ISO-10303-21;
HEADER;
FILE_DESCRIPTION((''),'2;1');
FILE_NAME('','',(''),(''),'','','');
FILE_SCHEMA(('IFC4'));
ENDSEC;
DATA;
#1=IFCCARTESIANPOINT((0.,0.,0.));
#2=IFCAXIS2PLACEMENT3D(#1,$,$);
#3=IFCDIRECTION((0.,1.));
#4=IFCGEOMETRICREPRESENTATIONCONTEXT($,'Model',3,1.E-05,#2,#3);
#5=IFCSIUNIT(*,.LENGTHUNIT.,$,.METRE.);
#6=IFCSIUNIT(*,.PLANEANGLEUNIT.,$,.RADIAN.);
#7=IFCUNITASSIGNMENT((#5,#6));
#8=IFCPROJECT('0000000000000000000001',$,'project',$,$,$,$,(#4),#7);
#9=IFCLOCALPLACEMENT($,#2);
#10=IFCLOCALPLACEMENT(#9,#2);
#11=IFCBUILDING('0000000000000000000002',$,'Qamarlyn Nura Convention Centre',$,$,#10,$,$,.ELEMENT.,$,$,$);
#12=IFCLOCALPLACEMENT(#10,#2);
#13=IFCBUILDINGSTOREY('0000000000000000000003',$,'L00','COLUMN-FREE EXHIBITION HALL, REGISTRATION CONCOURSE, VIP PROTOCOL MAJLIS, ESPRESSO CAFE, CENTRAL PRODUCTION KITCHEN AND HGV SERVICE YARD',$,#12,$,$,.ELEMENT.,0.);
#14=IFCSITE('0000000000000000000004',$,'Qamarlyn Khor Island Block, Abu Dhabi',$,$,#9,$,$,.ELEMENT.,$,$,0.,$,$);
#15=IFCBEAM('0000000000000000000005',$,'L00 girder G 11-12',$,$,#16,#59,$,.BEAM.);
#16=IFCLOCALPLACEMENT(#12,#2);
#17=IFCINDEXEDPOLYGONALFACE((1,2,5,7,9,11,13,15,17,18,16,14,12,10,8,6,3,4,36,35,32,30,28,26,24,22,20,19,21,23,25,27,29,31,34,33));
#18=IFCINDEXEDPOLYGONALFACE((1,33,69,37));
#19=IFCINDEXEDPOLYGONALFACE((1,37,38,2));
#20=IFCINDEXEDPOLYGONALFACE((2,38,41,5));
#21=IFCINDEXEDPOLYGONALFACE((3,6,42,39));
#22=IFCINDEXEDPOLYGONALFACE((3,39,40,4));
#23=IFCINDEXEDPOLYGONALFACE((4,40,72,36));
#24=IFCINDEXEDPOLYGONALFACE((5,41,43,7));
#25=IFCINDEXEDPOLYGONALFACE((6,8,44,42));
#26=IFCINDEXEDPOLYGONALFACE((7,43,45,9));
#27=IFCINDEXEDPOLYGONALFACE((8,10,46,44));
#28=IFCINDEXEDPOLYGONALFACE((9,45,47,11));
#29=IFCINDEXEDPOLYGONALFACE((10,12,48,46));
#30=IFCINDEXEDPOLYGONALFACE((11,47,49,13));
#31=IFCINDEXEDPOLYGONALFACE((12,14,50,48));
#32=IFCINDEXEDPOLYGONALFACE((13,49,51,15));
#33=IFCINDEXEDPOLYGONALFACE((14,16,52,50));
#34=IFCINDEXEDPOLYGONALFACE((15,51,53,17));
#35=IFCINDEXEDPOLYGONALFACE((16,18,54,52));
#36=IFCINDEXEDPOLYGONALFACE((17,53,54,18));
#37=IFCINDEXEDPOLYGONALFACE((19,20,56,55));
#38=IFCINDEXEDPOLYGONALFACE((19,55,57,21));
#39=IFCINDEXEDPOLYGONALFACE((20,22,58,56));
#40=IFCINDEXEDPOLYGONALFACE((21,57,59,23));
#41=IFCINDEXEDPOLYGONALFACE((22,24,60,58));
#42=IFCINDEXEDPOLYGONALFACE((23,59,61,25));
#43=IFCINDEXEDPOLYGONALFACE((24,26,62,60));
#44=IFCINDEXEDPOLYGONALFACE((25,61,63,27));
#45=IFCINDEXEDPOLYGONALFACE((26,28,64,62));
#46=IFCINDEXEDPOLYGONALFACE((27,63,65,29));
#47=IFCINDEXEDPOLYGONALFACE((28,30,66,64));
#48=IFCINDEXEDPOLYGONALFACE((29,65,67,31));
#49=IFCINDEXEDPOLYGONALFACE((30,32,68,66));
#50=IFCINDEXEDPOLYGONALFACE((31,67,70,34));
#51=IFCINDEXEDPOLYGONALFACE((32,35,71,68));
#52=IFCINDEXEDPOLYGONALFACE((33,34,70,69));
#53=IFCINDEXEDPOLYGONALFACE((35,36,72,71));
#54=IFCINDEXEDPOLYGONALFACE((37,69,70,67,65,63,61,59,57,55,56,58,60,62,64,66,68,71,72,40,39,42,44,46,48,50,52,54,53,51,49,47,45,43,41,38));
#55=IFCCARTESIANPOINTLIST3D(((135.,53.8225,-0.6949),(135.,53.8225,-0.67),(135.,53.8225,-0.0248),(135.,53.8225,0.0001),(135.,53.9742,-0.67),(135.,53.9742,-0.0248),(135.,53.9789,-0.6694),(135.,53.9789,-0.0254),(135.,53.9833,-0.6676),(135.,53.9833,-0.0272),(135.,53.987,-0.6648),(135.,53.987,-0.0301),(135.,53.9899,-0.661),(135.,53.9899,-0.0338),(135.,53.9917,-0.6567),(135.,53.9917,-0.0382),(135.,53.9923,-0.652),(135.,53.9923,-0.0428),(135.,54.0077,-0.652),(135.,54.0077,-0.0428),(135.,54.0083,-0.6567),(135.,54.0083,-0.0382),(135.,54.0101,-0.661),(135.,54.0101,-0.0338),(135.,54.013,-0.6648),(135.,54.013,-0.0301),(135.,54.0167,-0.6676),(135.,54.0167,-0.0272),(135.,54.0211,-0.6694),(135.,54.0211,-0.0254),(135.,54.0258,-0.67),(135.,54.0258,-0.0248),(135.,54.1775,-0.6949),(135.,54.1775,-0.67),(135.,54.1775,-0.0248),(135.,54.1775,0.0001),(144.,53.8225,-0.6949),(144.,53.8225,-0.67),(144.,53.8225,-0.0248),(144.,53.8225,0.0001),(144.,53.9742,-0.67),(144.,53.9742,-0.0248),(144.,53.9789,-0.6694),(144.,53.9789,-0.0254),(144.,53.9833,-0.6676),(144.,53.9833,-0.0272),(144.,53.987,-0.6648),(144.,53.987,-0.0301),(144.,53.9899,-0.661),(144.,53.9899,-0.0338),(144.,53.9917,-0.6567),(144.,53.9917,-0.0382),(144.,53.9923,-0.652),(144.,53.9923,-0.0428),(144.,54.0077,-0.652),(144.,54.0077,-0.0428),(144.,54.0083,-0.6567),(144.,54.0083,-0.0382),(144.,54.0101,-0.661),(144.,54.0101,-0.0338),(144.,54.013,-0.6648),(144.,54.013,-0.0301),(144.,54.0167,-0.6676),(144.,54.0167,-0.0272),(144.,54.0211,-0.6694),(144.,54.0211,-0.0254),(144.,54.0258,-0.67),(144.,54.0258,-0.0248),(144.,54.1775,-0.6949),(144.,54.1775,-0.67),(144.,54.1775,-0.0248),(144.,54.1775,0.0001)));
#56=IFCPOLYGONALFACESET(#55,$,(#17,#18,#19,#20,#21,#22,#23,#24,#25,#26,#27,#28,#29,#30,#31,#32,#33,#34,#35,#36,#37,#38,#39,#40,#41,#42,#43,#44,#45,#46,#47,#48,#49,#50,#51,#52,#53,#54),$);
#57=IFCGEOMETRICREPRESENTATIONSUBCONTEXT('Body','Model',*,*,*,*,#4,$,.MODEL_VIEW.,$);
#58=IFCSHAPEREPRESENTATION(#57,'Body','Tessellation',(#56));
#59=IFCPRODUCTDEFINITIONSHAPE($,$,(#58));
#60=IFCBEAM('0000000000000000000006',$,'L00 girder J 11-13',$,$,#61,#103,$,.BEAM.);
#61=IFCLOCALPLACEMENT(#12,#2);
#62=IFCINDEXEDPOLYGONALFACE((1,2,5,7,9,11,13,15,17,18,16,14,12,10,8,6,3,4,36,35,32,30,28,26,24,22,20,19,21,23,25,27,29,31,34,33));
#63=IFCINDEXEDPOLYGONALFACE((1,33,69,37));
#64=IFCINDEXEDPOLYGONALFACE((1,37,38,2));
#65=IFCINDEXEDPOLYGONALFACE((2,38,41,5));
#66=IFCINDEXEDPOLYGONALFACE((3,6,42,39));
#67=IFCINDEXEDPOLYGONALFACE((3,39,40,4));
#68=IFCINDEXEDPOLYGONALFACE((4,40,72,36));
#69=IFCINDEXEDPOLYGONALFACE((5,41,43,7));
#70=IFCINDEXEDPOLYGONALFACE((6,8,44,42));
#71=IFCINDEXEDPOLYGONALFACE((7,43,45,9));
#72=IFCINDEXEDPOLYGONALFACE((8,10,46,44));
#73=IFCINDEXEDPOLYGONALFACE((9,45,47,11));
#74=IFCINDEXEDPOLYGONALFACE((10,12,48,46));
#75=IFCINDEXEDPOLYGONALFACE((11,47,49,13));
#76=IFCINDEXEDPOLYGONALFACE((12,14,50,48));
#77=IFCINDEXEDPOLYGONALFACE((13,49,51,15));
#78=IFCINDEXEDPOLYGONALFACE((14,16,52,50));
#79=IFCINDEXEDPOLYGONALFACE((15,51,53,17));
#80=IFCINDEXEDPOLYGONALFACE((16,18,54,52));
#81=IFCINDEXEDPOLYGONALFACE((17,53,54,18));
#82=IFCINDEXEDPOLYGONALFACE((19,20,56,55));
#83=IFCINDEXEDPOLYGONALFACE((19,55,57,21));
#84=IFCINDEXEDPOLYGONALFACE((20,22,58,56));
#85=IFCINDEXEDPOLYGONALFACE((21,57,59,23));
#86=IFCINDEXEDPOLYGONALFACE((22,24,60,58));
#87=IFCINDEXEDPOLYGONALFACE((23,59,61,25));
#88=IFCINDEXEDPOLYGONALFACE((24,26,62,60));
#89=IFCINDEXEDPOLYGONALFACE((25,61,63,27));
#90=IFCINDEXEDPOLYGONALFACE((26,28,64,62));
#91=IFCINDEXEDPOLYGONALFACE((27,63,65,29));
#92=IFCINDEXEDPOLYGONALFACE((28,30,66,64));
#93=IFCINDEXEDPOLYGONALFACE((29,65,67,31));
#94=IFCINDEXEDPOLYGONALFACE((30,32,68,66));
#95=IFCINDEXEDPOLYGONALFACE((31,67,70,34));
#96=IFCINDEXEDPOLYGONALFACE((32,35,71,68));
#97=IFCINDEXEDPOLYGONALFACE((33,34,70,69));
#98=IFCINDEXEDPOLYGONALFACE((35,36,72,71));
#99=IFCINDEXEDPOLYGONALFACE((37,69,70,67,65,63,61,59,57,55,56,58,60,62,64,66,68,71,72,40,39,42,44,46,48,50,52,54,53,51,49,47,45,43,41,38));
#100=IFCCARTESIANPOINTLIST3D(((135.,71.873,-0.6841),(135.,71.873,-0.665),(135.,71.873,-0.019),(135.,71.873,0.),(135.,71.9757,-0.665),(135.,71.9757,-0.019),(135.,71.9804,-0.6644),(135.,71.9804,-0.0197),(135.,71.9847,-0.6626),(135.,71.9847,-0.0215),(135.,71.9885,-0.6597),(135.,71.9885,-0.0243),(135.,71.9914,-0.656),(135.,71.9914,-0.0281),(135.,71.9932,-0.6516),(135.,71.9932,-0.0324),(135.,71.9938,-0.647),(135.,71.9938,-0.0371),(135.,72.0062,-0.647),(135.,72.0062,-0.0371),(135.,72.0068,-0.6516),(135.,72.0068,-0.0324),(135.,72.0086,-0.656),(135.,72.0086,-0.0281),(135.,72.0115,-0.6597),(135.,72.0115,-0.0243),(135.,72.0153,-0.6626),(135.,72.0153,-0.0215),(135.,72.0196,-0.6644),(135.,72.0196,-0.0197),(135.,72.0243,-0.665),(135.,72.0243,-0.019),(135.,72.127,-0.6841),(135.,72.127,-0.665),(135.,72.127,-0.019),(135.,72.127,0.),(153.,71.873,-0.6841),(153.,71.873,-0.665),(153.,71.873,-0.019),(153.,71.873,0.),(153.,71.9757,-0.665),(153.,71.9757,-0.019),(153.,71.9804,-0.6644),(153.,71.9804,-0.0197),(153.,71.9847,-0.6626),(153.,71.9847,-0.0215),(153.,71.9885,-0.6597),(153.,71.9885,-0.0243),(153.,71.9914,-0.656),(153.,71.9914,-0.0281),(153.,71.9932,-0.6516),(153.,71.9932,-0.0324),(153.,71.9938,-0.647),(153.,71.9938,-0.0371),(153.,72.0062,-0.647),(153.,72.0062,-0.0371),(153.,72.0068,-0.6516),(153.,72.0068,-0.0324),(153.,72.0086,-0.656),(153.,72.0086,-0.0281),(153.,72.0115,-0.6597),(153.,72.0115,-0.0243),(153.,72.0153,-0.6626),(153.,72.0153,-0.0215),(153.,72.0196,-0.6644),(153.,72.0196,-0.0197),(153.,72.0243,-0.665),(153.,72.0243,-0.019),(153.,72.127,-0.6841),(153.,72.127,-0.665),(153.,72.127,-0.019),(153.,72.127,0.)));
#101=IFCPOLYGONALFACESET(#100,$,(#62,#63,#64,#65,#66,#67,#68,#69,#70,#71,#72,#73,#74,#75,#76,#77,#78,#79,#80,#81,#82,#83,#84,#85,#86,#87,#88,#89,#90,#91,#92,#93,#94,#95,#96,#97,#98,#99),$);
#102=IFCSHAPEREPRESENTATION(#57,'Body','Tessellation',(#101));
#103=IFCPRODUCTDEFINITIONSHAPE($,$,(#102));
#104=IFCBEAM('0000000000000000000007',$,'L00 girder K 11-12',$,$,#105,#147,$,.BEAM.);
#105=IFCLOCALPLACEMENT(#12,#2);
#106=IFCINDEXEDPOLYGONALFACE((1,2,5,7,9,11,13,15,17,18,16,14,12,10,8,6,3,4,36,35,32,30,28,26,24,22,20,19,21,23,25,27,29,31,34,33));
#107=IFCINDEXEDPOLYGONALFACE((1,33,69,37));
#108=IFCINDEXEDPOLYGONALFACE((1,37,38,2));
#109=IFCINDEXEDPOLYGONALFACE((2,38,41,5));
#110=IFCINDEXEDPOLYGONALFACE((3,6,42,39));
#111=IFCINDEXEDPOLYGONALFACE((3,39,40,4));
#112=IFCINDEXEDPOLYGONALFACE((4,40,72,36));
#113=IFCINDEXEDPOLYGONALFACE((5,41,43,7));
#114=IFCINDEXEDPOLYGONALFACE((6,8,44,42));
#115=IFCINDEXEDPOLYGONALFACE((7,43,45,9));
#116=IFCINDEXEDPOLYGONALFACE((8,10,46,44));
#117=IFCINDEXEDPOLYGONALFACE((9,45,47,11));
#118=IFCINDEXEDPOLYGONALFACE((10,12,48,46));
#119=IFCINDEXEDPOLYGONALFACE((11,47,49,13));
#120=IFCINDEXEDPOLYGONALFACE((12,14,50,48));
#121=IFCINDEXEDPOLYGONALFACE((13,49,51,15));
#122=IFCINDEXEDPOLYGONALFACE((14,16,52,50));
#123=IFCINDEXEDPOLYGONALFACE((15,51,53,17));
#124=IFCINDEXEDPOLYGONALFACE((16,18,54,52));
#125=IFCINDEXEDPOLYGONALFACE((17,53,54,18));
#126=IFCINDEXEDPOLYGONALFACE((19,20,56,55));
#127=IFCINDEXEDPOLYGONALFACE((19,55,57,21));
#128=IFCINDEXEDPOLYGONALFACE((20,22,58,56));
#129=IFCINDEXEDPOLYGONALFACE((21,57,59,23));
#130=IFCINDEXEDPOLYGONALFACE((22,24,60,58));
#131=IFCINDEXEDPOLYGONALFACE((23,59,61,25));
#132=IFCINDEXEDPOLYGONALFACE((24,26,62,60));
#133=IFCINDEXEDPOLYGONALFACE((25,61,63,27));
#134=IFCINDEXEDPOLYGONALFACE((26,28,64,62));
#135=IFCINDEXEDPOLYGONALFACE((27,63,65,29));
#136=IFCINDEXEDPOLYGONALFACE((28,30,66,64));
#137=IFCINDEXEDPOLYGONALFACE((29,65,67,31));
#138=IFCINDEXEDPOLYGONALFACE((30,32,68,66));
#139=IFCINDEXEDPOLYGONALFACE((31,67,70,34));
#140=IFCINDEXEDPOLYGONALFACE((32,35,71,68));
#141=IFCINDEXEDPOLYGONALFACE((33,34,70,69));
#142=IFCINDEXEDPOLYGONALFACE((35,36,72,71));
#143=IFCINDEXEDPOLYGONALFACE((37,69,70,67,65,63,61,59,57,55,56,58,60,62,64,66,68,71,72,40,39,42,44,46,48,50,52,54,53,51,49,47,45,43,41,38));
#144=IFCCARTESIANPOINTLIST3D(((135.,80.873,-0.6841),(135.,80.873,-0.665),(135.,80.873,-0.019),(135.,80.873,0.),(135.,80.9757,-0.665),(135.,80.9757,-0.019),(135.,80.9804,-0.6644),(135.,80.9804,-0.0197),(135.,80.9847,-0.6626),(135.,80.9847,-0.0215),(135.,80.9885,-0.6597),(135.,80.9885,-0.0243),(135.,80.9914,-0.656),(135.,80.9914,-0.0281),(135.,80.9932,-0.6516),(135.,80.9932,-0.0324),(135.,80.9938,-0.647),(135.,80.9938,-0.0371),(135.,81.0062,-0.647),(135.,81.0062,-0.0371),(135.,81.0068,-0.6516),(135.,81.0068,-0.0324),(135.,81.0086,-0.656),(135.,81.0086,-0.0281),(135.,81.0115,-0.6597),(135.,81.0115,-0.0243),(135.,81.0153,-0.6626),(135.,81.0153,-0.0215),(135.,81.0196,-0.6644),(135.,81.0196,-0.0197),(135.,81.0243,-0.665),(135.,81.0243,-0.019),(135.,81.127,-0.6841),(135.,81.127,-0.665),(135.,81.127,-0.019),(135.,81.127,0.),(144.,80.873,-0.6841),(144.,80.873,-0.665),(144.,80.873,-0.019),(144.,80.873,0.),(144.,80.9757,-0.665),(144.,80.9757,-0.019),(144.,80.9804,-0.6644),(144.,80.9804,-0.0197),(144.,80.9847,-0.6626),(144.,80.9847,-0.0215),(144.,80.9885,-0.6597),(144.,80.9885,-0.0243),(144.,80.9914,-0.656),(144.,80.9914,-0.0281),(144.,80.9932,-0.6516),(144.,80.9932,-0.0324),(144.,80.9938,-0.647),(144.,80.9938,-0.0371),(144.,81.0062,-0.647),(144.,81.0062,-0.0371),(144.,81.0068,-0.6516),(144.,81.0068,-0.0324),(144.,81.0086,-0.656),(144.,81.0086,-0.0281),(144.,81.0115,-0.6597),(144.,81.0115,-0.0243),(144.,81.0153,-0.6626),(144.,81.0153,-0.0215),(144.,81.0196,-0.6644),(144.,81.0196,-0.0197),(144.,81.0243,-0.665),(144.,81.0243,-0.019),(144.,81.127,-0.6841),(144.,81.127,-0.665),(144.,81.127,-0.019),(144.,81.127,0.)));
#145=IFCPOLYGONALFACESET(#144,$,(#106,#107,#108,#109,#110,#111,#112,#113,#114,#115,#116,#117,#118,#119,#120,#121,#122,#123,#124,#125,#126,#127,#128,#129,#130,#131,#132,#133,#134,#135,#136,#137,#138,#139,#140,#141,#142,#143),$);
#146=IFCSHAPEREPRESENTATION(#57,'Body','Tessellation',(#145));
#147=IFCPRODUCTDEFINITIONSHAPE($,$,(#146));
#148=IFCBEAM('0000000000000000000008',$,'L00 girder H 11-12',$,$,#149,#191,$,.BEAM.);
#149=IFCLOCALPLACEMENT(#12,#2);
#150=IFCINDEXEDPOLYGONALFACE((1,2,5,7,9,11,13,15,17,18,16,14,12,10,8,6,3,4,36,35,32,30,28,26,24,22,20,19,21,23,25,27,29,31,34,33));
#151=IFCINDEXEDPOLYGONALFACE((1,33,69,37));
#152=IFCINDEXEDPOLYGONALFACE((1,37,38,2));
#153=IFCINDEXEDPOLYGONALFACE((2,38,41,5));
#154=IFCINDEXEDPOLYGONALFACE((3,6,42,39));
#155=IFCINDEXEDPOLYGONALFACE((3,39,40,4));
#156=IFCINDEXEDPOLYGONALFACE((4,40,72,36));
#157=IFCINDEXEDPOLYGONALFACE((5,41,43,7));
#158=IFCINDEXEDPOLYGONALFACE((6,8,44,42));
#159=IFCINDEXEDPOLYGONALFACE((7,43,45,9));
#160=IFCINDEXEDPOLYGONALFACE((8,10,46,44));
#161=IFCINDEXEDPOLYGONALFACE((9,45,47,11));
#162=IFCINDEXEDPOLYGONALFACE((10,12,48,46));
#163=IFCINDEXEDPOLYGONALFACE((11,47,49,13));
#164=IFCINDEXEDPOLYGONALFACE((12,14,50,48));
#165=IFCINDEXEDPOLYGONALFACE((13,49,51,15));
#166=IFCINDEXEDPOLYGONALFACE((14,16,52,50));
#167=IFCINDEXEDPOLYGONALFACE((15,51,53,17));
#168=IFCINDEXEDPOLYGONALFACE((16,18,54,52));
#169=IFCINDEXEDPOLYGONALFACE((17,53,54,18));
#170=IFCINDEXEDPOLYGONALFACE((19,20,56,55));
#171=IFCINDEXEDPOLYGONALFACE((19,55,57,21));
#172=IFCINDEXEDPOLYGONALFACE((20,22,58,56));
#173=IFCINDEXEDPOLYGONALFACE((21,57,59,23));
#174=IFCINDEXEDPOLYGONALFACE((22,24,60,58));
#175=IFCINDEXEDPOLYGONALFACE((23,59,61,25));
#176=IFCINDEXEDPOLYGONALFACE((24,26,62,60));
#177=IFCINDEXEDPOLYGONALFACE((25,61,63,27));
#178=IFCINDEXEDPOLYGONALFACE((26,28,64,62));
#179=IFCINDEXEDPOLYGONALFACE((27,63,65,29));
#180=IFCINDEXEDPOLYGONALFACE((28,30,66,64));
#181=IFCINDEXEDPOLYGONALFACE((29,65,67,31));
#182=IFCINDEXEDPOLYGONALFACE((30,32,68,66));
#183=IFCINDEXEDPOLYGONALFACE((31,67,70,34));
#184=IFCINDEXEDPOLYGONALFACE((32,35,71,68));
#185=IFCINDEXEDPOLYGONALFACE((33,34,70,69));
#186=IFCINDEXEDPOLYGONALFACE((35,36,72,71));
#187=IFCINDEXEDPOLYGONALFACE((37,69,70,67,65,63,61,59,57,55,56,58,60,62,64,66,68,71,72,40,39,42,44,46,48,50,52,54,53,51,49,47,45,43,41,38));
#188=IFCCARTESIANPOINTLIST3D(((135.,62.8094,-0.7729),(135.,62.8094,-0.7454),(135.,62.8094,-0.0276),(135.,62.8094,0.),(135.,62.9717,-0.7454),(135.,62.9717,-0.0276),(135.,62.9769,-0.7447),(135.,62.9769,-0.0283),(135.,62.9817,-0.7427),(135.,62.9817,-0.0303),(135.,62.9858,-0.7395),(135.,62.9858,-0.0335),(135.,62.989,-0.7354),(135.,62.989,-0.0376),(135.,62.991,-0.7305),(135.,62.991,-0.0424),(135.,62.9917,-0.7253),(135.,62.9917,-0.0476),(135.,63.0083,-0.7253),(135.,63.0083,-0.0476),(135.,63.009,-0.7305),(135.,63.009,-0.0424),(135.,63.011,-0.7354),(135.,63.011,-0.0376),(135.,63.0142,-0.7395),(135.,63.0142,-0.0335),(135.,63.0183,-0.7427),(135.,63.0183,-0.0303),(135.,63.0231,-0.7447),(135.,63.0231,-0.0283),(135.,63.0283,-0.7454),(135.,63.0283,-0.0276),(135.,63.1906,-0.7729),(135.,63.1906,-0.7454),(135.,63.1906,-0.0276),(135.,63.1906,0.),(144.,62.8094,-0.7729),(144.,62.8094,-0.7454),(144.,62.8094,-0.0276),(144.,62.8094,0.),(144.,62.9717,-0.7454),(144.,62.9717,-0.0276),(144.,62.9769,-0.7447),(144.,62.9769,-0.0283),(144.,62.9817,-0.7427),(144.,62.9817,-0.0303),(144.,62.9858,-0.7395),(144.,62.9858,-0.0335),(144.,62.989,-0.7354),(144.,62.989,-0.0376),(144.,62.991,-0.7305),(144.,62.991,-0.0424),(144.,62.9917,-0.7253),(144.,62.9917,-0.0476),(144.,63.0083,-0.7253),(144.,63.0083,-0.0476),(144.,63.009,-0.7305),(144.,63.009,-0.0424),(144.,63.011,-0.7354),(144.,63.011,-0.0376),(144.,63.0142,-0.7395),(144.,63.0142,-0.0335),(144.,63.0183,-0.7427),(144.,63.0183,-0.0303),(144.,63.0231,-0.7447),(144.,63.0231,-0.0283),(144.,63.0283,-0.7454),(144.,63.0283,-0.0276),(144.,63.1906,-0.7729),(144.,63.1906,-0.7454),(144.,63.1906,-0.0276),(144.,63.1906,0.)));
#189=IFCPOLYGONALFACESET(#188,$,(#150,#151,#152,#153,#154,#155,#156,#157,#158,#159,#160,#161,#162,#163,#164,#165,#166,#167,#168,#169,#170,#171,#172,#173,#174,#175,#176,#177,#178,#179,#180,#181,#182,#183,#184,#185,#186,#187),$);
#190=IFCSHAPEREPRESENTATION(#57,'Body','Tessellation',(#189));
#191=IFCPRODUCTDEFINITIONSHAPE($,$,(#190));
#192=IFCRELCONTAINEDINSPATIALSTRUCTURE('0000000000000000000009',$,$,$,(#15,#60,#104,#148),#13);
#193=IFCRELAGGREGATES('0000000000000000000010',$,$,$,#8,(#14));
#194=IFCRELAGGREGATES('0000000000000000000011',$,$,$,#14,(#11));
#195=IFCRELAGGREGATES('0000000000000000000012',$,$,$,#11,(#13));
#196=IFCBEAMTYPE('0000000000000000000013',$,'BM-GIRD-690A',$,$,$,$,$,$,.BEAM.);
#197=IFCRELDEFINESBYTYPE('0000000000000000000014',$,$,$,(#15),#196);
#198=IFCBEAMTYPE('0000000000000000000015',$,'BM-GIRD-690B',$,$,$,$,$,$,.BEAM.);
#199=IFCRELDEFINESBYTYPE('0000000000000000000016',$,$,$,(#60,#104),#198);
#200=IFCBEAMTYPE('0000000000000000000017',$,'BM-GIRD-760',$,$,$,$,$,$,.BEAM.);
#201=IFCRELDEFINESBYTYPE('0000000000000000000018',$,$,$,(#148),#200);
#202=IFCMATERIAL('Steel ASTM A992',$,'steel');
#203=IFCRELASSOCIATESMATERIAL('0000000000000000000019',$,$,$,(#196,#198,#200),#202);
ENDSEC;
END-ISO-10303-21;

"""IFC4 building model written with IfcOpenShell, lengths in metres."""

from ifc_helpers import new_model, si_unit, direction, frame, origin, origin_2d, place, context, subcontext, project, spatial, i_section, extrude, material, material_profile, profile_set, type_object, element, save


model = new_model("IFC4")

# Units and contexts
model_context = context("Model", 3, precision=1e-05, world=origin(), true_north=direction((0.0, 1.0)))
body_context = subcontext(model_context, "Body", "Model", "MODEL_VIEW")
ifc_project = project(units=[si_unit("LENGTHUNIT", "METRE"), si_unit("PLANEANGLEUNIT", "RADIAN")], contexts=[model_context])

# Site, building, storey
site_placement = place(None, origin())
site = spatial("IfcSite", under=ifc_project, at=site_placement, Name="Qamarlyn Khor Island Block, Abu Dhabi", CompositionType="ELEMENT", RefElevation=0.0)
building_placement = place(site_placement, origin())
building = spatial("IfcBuilding", under=site, at=building_placement, Name="Qamarlyn Nura Convention Centre", CompositionType="ELEMENT")
storey_placement = place(building_placement, origin())
storey = spatial("IfcBuildingStorey", under=building, at=storey_placement, Name="L00", Description="COLUMN-FREE EXHIBITION HALL, REGISTRATION CONCOURSE, VIP PROTOCOL MAJLIS, ESPRESSO CAFE, CENTRAL PRODUCTION KITCHEN AND HGV SERVICE YARD", CompositionType="ELEMENT", Elevation=0.0)

# Shared definitions
ifc_material_1 = material(Name="Steel ASTM A992", Category="steel")

# Beams
ifc_material_profile_1 = material_profile(ifc_material_1, i_section(OverallWidth=0.355, OverallDepth=0.6951, WebThickness=0.0154, FlangeThickness=0.0249, FilletRadius=0.0181, at=origin_2d()), Name="W690X217")
ifc_profile_set_1 = profile_set([ifc_material_profile_1], Name="Steel ASTM A992")
beam_type_1 = type_object("IfcBeamType", Name="BM-GIRD-690A", PredefinedType="BEAM", material=ifc_profile_set_1)
beam_1_placement = place(storey_placement, frame((135.0, 54.0, -0.3474), z_axis=(1.0, 0.0, 0.0), x_axis=(0.0, 1.0, 0.0)))
element("IfcBeam", 1, at=beam_1_placement, inside=storey, type_object=beam_type_1, Name="L00 girder G 11-12", PredefinedType="BEAM", context=body_context, shape_type="SweptSolid", body=[
    extrude(i_section(OverallWidth=0.355, OverallDepth=0.6951, WebThickness=0.0154, FlangeThickness=0.0249, FilletRadius=0.0181, at=origin_2d()), origin(), (0.0, 0.0, 1.0), 9.0),
])
ifc_material_profile_2 = material_profile(ifc_material_1, i_section(OverallWidth=0.2539, OverallDepth=0.6841, WebThickness=0.0125, FlangeThickness=0.019, FilletRadius=0.0181, at=origin_2d()), Name="W690X140")
ifc_profile_set_2 = profile_set([ifc_material_profile_2], Name="Steel ASTM A992")
beam_type_2 = type_object("IfcBeamType", Name="BM-GIRD-690B", PredefinedType="BEAM", material=ifc_profile_set_2)
beam_2_placement = place(storey_placement, frame((135.0, 72.0, -0.342), z_axis=(1.0, 0.0, 0.0), x_axis=(0.0, 1.0, 0.0)))
element("IfcBeam", 2, at=beam_2_placement, inside=storey, type_object=beam_type_2, Name="L00 girder J 11-13", PredefinedType="BEAM", context=body_context, shape_type="SweptSolid", body=[
    extrude(i_section(OverallWidth=0.2539, OverallDepth=0.6841, WebThickness=0.0125, FlangeThickness=0.019, FilletRadius=0.0181, at=origin_2d()), origin(), (0.0, 0.0, 1.0), 18.0),
])
beam_3_placement = place(storey_placement, frame((135.0, 81.0, -0.342), z_axis=(1.0, 0.0, 0.0), x_axis=(0.0, 1.0, 0.0)))
element("IfcBeam", 3, at=beam_3_placement, inside=storey, type_object=beam_type_2, Name="L00 girder K 11-12", PredefinedType="BEAM", context=body_context, shape_type="SweptSolid", body=[
    extrude(i_section(OverallWidth=0.2539, OverallDepth=0.6841, WebThickness=0.0125, FlangeThickness=0.019, FilletRadius=0.0181, at=origin_2d()), origin(), (0.0, 0.0, 1.0), 9.0),
])
ifc_material_profile_3 = material_profile(ifc_material_1, i_section(OverallWidth=0.3811, OverallDepth=0.7729, WebThickness=0.0166, FlangeThickness=0.0276, FilletRadius=0.02, at=origin_2d()), Name="W760X257")
ifc_profile_set_3 = profile_set([ifc_material_profile_3], Name="Steel ASTM A992")
beam_type_3 = type_object("IfcBeamType", Name="BM-GIRD-760", PredefinedType="BEAM", material=ifc_profile_set_3)
beam_4_placement = place(storey_placement, frame((135.0, 63.0, -0.3865), z_axis=(1.0, 0.0, 0.0), x_axis=(0.0, 1.0, 0.0)))
element("IfcBeam", 4, at=beam_4_placement, inside=storey, type_object=beam_type_3, Name="L00 girder H 11-12", PredefinedType="BEAM", context=body_context, shape_type="SweptSolid", body=[
    extrude(i_section(OverallWidth=0.3811, OverallDepth=0.7729, WebThickness=0.0166, FlangeThickness=0.0276, FilletRadius=0.02, at=origin_2d()), origin(), (0.0, 0.0, 1.0), 9.0),
])

save(model, "model.ifc")
